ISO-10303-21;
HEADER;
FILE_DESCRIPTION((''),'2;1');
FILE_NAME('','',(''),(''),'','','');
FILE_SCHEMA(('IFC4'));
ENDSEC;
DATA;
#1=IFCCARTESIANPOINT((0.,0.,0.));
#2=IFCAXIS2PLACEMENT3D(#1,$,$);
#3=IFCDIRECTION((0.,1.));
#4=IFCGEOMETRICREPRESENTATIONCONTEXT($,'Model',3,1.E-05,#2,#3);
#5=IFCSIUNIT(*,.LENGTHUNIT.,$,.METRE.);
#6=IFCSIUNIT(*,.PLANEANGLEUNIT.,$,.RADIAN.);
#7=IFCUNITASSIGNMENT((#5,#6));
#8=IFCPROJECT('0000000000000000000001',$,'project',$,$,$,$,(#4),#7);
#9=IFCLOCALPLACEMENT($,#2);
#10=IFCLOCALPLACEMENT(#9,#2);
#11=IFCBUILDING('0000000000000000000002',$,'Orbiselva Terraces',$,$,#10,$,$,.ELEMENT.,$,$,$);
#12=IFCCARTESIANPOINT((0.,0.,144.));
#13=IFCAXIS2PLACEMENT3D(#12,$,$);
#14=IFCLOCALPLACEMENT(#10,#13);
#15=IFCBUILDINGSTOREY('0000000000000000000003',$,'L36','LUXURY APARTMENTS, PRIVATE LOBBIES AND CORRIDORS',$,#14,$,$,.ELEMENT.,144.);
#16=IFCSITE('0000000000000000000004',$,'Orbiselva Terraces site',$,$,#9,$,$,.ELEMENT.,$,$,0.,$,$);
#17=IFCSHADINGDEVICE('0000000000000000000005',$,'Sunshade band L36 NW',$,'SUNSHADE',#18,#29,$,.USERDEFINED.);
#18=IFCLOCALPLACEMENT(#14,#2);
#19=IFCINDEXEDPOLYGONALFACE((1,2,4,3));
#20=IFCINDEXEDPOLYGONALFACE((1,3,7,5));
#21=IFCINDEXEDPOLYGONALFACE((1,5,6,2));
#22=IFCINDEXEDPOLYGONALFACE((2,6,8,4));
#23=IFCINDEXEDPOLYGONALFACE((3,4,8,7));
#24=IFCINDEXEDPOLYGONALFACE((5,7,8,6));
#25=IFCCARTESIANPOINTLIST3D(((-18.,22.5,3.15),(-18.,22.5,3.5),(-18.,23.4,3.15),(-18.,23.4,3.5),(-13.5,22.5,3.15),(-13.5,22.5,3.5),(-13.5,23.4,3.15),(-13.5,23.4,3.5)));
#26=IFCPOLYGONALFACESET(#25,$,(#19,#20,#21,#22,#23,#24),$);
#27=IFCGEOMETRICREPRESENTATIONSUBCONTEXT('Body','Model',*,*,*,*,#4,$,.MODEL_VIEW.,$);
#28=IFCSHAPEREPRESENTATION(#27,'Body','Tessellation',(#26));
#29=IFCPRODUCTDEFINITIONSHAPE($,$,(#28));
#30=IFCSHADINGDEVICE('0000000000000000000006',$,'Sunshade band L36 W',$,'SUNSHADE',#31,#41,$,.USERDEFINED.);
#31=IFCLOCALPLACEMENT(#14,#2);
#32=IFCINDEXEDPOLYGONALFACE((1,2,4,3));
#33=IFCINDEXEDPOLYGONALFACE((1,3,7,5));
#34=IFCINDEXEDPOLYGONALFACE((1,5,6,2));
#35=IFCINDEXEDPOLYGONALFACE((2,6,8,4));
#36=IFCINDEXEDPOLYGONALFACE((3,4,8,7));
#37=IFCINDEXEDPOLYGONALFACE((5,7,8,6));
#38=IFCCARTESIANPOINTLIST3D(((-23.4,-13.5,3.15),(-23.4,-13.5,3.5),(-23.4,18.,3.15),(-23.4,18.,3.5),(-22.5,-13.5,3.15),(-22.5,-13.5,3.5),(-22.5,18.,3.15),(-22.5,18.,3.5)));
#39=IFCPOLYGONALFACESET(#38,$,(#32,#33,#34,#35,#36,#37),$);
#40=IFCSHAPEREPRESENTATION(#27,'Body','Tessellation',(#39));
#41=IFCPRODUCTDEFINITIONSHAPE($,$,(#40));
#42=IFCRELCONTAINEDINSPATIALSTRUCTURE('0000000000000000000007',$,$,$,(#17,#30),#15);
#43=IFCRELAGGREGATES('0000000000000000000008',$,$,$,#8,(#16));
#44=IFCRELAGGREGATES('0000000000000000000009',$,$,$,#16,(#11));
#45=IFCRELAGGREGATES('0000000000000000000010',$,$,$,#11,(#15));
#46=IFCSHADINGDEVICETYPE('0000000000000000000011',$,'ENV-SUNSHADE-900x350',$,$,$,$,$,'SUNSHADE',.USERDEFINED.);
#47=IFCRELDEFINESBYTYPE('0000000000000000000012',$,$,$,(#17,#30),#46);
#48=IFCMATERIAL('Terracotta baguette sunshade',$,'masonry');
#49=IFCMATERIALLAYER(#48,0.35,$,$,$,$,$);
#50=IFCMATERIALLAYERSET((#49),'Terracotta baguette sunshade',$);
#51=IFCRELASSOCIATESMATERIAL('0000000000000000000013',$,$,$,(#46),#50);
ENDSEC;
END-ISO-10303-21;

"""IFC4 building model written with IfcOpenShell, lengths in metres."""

from ifc_helpers import new_model, si_unit, direction, frame, origin, place, context, subcontext, project, spatial, polyline, outline, extrude, material, layer, layer_set, type_object, element, save


model = new_model("IFC4")

# Units and contexts
model_context = context("Model", 3, precision=1e-05, world=origin(), true_north=direction((0.0, 1.0)))
body_context = subcontext(model_context, "Body", "Model", "MODEL_VIEW")
ifc_project = project(units=[si_unit("LENGTHUNIT", "METRE"), si_unit("PLANEANGLEUNIT", "RADIAN")], contexts=[model_context])

# Site, building, storey
site_placement = place(None, origin())
site = spatial("IfcSite", under=ifc_project, at=site_placement, Name="Orbiselva Terraces site", CompositionType="ELEMENT", RefElevation=0.0)
building_placement = place(site_placement, origin())
building = spatial("IfcBuilding", under=site, at=building_placement, Name="Orbiselva Terraces", CompositionType="ELEMENT")
storey_placement = place(building_placement, frame((0.0, 0.0, 144.0)))
storey = spatial("IfcBuildingStorey", under=building, at=storey_placement, Name="L36", Description="LUXURY APARTMENTS, PRIVATE LOBBIES AND CORRIDORS", CompositionType="ELEMENT", Elevation=144.0)

# Shading devices
ifc_material_1 = material(Name="Terracotta baguette sunshade", Category="masonry")
ifc_layer_1 = layer(ifc_material_1, 0.35)
ifc_layer_set_1 = layer_set([ifc_layer_1], Name="Terracotta baguette sunshade")
shading_device_type_1 = type_object("IfcShadingDeviceType", Name="ENV-SUNSHADE-900x350", ElementType="SUNSHADE", PredefinedType="USERDEFINED", material=ifc_layer_set_1)
shading_device_1_placement = place(storey_placement, frame((0.0, 0.0, 3.15)))
element("IfcShadingDevice", 1, at=shading_device_1_placement, inside=storey, type_object=shading_device_type_1, Name="Sunshade band L36 NW", ObjectType="SUNSHADE", PredefinedType="USERDEFINED", context=body_context, shape_type="SweptSolid", body=[
    extrude(outline(polyline([(-13.5, 23.4), (-18.0, 23.4), (-18.0, 22.5), (-13.5, 22.5), (-13.5, 23.4)])), origin(), (0.0, 0.0, 1.0), 0.35),
])
shading_device_2_placement = place(storey_placement, frame((0.0, 0.0, 3.15)))
element("IfcShadingDevice", 2, at=shading_device_2_placement, inside=storey, type_object=shading_device_type_1, Name="Sunshade band L36 W", ObjectType="SUNSHADE", PredefinedType="USERDEFINED", context=body_context, shape_type="SweptSolid", body=[
    extrude(outline(polyline([(-23.4, 18.0), (-23.4, -13.5), (-22.5, -13.5), (-22.5, 18.0), (-23.4, 18.0)])), origin(), (0.0, 0.0, 1.0), 0.35),
])

save(model, "model.ifc")
